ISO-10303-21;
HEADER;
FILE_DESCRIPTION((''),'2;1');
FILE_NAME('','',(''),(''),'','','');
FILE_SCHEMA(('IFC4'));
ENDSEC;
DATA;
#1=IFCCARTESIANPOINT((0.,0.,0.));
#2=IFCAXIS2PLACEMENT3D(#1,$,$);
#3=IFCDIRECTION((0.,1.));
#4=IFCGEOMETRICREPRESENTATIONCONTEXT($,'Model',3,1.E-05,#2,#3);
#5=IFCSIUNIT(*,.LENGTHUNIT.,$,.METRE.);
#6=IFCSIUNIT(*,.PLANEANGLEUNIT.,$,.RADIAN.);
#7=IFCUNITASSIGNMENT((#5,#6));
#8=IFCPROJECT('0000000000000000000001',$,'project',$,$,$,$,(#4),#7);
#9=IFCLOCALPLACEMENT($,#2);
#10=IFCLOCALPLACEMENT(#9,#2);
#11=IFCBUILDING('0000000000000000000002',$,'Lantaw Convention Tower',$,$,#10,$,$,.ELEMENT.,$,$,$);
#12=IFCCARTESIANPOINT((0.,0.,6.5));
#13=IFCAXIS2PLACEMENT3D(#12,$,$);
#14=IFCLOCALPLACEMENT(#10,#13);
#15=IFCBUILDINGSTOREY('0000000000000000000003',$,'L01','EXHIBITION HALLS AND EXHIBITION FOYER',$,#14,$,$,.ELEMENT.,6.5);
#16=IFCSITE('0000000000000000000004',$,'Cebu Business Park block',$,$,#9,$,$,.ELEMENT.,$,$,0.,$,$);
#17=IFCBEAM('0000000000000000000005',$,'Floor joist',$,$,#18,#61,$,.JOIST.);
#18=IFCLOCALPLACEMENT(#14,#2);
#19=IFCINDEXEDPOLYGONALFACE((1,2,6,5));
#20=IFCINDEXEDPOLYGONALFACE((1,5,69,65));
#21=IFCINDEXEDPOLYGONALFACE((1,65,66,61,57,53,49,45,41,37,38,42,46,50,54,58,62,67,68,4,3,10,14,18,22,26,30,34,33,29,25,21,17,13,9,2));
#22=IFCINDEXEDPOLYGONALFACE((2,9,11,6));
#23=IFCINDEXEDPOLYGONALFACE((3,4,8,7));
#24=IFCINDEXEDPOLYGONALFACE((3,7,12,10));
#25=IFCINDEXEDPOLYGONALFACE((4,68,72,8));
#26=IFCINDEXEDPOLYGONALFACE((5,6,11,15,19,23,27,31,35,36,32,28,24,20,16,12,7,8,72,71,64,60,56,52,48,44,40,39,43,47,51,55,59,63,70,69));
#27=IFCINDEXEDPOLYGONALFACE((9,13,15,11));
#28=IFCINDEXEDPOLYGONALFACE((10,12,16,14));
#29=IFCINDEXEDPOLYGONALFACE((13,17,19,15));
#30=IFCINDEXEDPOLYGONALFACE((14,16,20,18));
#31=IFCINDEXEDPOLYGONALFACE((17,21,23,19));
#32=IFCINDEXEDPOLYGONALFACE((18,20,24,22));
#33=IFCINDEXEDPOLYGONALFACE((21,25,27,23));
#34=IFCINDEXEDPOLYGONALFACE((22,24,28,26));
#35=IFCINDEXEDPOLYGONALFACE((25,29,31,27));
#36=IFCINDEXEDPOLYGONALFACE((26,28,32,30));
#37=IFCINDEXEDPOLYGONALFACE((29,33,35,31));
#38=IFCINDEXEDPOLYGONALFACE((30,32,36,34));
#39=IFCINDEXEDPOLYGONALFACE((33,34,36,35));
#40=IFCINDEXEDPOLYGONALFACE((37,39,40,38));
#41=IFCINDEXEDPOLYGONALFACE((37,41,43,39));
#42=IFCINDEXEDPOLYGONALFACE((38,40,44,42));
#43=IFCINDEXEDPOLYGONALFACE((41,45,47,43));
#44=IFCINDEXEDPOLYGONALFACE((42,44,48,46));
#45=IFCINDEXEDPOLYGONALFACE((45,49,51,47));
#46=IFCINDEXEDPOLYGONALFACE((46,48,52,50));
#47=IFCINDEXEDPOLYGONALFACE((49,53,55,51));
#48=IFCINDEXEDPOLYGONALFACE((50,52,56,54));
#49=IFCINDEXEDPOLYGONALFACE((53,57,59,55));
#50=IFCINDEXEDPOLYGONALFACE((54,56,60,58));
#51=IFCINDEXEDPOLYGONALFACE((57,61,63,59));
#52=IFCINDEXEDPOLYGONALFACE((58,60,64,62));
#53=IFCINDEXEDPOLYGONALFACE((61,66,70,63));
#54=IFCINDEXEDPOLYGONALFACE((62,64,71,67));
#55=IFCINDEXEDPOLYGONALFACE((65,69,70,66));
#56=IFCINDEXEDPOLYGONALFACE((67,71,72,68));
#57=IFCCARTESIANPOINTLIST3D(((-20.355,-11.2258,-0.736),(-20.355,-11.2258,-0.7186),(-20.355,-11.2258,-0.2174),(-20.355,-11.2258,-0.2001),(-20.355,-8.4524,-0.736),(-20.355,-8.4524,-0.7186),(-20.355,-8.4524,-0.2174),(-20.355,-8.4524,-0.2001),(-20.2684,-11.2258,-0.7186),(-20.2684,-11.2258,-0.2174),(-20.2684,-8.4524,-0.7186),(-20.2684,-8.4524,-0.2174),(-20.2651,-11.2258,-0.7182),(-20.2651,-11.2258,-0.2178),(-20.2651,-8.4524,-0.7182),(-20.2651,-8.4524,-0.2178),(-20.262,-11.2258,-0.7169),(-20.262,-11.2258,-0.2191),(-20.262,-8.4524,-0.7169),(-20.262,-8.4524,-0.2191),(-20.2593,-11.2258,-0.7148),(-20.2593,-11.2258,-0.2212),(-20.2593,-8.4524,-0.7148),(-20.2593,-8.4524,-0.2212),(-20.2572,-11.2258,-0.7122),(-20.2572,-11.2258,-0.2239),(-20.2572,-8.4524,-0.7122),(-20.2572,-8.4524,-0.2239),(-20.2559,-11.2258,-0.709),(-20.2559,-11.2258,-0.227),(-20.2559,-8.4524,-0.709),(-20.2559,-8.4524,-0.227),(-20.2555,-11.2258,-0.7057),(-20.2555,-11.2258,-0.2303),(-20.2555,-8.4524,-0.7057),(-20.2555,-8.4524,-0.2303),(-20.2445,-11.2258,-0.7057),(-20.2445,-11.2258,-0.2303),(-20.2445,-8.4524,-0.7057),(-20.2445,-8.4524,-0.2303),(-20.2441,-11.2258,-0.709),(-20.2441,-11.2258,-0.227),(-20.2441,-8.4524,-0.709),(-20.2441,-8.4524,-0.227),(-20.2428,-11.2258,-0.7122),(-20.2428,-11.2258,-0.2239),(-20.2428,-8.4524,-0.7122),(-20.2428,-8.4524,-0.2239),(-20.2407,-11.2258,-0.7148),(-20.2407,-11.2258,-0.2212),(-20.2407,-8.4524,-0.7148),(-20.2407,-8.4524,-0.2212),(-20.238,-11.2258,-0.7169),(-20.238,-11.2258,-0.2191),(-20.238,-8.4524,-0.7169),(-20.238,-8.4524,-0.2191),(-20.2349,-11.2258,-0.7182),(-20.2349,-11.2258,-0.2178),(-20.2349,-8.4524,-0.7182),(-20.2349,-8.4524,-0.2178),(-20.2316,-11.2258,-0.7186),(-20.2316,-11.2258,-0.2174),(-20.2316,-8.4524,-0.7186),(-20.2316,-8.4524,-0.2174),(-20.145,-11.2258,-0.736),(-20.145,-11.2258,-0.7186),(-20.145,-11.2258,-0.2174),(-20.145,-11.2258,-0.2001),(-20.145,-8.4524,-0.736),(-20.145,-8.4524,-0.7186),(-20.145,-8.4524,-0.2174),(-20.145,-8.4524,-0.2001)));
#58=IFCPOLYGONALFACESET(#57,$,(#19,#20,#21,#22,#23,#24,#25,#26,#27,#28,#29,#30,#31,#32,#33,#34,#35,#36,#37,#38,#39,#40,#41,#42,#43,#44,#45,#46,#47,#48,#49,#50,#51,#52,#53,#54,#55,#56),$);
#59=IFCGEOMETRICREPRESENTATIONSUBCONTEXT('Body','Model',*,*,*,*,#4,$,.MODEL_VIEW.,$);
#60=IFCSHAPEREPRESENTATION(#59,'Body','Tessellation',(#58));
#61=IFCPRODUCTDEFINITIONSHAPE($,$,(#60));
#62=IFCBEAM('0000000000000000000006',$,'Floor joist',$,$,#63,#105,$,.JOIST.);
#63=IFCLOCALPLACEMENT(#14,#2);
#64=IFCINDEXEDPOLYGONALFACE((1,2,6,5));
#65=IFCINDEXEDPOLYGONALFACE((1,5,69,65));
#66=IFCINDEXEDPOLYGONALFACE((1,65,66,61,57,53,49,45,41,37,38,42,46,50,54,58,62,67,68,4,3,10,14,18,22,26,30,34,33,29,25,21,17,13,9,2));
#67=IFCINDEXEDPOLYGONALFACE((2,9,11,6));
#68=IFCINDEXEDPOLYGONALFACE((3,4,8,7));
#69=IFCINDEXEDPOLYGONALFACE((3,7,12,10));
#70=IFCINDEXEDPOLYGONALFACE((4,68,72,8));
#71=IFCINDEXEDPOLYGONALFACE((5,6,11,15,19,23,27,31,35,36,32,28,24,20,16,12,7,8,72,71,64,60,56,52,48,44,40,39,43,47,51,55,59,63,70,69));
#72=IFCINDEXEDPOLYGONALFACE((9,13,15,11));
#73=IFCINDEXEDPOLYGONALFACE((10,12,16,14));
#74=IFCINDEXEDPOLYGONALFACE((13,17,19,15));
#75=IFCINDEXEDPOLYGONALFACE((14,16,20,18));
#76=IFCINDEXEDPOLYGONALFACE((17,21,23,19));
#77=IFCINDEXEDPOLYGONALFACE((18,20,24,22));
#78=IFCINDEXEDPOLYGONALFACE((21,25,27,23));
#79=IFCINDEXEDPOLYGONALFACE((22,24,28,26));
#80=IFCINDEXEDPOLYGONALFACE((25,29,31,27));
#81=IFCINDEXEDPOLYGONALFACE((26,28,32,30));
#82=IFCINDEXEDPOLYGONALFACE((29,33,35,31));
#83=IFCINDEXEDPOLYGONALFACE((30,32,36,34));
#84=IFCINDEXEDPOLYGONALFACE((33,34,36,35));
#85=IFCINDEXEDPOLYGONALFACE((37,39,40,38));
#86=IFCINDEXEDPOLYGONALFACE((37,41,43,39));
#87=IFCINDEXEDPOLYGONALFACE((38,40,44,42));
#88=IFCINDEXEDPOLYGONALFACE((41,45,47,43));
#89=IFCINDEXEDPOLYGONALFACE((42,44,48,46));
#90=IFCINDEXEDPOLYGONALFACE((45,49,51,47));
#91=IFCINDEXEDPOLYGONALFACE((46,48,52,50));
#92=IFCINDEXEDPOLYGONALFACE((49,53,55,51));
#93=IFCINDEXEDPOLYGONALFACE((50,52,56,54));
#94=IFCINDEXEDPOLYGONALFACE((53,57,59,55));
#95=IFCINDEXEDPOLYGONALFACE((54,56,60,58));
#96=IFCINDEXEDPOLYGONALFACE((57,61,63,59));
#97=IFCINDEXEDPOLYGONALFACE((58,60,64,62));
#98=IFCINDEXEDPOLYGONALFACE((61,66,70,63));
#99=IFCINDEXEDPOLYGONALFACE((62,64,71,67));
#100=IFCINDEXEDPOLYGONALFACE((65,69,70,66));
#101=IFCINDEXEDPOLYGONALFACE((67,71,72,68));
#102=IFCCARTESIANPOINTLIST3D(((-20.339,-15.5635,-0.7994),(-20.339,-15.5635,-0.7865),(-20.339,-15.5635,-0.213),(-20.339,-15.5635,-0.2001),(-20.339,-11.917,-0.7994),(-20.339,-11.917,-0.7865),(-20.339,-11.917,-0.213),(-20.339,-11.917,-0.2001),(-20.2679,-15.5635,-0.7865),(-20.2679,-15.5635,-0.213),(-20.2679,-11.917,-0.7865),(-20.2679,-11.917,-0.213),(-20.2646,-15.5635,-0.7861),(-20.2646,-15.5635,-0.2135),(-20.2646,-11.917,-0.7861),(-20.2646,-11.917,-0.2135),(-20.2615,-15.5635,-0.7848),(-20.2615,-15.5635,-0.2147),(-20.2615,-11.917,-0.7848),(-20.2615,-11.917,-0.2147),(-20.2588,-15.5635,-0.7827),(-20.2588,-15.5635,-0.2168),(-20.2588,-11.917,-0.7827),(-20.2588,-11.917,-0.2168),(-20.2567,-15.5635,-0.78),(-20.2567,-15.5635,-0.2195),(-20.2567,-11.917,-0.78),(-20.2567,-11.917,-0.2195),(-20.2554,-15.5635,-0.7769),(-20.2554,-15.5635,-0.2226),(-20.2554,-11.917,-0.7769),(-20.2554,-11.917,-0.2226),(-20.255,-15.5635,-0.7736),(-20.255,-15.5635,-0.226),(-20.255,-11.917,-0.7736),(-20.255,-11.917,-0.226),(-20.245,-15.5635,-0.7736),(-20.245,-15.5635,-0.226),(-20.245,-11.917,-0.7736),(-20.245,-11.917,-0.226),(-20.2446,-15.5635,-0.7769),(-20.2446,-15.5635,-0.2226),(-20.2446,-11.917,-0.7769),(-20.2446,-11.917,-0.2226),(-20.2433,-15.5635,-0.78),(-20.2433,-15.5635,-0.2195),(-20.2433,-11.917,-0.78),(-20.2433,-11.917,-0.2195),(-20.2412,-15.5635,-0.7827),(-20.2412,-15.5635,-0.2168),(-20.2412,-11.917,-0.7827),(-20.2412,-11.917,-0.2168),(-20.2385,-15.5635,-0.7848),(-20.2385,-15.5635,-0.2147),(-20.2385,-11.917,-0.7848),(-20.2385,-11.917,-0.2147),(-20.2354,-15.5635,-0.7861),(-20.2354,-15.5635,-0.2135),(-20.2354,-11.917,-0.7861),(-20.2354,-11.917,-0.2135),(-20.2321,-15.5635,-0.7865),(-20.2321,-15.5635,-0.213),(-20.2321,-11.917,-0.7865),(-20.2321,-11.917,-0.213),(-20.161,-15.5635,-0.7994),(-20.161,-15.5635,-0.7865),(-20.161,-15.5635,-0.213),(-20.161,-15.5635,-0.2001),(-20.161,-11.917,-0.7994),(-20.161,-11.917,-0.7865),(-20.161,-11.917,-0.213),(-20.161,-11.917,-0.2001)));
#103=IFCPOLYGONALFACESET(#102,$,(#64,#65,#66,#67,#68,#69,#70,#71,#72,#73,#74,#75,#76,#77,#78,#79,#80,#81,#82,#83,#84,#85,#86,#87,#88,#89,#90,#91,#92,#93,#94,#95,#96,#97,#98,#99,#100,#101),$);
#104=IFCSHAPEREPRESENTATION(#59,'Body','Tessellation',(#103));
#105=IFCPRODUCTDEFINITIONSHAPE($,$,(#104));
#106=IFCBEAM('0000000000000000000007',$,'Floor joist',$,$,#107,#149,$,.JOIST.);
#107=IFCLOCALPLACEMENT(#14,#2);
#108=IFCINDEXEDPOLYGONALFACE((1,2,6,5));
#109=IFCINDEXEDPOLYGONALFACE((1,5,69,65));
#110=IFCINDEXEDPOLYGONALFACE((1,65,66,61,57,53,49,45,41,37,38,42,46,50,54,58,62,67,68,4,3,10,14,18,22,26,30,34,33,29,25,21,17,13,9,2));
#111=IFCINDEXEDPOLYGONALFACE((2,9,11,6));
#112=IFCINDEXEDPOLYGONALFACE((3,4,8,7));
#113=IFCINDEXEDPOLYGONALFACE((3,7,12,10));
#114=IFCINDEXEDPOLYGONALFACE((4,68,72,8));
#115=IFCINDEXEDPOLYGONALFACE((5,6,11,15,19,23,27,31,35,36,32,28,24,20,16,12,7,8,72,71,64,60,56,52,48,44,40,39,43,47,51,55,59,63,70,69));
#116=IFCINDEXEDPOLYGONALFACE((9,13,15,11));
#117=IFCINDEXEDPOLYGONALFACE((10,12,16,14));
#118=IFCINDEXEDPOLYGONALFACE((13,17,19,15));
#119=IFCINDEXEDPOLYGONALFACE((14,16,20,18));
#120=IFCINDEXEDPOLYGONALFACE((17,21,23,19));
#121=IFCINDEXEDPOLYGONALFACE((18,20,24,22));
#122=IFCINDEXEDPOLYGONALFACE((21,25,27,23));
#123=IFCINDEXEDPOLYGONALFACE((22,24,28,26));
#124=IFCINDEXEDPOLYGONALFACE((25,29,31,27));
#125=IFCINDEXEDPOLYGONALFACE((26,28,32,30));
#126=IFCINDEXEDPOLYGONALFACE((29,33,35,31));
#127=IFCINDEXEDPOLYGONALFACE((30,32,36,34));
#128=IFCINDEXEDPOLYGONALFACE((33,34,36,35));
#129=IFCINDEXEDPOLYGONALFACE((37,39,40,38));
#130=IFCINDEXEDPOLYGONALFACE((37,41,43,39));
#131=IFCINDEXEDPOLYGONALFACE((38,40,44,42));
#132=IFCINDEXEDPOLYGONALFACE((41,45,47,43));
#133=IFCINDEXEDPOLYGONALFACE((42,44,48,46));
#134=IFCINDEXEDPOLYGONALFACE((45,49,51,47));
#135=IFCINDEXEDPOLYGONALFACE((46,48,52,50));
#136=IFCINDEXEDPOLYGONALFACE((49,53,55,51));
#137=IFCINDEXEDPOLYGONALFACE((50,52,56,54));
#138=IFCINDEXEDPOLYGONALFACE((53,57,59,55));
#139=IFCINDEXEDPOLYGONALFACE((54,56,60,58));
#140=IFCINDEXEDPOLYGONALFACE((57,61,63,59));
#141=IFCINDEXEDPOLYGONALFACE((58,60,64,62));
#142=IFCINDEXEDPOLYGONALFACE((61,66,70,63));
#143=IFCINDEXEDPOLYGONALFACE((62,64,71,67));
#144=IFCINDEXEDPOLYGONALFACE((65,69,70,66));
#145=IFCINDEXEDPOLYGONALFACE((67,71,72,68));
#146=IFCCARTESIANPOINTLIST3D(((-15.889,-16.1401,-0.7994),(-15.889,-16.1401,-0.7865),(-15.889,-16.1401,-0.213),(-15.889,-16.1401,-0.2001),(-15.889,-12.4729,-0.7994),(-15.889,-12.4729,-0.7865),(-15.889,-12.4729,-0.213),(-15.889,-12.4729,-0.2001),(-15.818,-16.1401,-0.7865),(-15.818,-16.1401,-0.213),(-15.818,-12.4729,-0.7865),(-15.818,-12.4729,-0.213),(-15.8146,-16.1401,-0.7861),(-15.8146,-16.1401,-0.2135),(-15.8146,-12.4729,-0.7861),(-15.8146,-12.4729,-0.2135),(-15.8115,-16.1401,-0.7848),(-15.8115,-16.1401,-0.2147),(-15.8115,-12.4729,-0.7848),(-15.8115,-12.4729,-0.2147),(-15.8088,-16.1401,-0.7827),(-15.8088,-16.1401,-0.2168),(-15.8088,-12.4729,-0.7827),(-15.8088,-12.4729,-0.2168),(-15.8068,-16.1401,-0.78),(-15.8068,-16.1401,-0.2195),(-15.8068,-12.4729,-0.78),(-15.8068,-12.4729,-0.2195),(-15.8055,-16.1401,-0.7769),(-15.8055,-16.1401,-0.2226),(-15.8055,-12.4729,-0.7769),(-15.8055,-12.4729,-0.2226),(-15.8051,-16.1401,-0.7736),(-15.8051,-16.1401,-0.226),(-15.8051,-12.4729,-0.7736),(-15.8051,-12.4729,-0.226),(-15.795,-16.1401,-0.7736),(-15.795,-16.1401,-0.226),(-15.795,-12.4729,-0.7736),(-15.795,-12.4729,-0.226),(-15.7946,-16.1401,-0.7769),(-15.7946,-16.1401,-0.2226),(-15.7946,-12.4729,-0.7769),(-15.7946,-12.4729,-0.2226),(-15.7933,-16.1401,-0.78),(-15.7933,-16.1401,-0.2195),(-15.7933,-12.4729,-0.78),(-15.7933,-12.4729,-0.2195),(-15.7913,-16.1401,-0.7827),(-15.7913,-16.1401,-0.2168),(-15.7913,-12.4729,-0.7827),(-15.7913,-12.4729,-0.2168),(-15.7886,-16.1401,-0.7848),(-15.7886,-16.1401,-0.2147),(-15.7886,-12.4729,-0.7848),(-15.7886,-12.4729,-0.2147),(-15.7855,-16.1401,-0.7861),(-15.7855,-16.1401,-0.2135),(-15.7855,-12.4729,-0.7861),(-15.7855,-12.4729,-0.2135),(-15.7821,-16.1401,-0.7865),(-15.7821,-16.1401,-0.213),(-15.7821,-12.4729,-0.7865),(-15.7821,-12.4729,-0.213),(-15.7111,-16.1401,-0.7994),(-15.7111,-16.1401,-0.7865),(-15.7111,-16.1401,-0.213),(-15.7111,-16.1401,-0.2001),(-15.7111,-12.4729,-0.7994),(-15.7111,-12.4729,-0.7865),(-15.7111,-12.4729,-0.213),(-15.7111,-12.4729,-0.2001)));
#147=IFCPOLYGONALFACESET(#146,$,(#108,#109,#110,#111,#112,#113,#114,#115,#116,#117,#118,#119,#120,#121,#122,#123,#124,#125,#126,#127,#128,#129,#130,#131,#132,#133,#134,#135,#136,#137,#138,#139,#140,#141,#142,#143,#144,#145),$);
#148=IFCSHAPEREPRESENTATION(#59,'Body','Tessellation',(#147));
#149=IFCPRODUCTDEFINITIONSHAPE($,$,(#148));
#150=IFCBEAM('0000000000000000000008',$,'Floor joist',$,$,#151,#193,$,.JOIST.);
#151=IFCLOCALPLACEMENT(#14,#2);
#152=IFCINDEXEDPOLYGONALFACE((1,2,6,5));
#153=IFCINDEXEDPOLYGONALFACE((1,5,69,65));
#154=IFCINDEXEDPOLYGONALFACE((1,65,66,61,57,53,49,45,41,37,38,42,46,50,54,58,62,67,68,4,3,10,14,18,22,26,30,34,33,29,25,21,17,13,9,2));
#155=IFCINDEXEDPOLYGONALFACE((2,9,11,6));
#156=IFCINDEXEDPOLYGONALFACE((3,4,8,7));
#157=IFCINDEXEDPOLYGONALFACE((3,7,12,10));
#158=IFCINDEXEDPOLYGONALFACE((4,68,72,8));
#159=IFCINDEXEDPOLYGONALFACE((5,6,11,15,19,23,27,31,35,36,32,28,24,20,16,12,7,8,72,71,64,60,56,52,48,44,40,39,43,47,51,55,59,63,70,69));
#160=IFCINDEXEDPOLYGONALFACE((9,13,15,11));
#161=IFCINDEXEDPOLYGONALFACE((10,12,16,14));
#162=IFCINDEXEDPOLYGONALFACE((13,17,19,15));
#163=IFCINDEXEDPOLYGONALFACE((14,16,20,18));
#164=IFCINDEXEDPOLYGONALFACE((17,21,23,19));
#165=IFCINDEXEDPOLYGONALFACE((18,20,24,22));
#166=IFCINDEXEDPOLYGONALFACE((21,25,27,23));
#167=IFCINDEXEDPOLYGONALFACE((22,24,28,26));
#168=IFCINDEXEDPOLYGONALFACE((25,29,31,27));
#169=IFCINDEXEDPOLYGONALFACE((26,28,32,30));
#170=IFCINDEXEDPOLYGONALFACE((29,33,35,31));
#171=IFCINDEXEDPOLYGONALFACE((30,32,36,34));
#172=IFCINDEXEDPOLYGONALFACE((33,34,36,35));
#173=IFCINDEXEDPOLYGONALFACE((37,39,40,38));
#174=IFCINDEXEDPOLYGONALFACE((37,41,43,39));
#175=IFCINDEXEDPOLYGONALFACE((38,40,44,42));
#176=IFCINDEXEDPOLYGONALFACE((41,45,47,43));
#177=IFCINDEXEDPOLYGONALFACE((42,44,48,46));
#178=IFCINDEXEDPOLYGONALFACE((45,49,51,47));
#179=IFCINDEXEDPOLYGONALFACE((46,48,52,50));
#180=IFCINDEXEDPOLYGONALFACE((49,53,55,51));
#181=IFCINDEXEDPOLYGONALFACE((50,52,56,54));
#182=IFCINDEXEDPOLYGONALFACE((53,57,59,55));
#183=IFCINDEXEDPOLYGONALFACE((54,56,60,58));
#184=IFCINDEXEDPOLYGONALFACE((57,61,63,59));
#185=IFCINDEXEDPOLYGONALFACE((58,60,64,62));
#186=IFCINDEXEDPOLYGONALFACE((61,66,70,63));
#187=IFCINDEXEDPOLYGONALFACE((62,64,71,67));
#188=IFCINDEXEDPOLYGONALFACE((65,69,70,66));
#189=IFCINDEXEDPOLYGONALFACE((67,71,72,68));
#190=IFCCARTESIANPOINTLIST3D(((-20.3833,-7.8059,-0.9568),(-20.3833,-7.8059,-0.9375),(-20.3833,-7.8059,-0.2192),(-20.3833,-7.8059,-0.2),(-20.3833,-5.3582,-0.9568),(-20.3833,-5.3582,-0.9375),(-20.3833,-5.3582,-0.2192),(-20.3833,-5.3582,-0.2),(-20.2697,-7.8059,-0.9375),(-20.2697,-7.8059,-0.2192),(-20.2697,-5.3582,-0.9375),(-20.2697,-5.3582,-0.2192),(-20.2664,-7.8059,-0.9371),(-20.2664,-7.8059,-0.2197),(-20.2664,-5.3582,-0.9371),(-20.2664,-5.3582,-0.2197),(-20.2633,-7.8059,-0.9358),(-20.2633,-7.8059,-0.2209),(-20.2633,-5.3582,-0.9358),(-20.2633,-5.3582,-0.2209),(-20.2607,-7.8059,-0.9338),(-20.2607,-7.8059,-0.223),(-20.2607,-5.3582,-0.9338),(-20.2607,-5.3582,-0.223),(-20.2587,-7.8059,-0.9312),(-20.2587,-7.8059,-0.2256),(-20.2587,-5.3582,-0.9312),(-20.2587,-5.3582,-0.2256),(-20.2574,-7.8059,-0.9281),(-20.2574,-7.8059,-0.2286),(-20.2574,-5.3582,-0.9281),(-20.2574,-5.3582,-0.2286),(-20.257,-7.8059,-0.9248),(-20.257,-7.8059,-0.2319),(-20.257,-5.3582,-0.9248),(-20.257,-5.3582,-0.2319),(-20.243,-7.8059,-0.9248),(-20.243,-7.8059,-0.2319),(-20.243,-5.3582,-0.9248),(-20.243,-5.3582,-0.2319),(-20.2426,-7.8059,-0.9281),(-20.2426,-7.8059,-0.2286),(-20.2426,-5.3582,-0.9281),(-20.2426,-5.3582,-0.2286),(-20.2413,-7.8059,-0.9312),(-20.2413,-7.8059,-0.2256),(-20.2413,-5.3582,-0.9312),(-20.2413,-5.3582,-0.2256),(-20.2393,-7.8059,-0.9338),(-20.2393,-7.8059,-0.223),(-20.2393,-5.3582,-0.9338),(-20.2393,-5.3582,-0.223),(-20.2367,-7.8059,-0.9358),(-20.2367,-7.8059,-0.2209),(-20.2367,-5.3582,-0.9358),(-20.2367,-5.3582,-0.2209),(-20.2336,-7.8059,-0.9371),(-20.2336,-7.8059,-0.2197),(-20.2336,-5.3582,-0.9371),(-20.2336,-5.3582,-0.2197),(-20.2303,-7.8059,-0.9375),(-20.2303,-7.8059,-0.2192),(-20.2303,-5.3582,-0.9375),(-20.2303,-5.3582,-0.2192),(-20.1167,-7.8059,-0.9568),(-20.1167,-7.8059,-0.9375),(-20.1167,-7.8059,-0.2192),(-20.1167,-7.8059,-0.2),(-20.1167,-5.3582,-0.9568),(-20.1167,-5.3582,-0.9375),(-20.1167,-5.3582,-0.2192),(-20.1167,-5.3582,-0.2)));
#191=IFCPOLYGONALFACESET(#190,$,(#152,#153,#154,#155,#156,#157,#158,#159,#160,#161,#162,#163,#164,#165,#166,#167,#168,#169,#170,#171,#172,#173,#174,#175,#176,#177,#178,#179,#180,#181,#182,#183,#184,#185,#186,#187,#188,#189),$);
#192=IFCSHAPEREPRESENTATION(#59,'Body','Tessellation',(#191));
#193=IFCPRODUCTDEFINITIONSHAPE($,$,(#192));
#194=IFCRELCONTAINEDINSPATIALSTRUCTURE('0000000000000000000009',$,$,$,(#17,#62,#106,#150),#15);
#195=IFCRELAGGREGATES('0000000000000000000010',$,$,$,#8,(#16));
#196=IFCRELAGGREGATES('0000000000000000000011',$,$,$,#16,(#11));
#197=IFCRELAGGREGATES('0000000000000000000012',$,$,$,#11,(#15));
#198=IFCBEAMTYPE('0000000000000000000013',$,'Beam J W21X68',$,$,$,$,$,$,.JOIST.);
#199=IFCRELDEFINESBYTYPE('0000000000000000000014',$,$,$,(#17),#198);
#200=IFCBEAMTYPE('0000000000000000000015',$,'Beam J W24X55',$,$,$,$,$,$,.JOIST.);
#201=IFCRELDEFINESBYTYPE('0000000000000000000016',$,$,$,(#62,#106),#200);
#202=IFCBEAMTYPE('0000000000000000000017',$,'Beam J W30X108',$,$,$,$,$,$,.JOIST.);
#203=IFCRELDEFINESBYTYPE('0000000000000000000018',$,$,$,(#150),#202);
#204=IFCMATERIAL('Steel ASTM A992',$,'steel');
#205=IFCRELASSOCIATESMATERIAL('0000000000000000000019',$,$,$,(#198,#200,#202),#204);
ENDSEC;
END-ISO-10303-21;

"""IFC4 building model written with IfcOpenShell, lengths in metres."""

from ifc_helpers import new_model, si_unit, direction, frame, origin, origin_2d, place, context, subcontext, project, spatial, i_section, extrude, material, material_profile, profile_set, type_object, element, save


model = new_model("IFC4")

# Units and contexts
model_context = context("Model", 3, precision=1e-05, world=origin(), true_north=direction((0.0, 1.0)))
body_context = subcontext(model_context, "Body", "Model", "MODEL_VIEW")
ifc_project = project(units=[si_unit("LENGTHUNIT", "METRE"), si_unit("PLANEANGLEUNIT", "RADIAN")], contexts=[model_context])

# Site, building, storey
site_placement = place(None, origin())
site = spatial("IfcSite", under=ifc_project, at=site_placement, Name="Cebu Business Park block", CompositionType="ELEMENT", RefElevation=0.0)
building_placement = place(site_placement, origin())
building = spatial("IfcBuilding", under=site, at=building_placement, Name="Lantaw Convention Tower", CompositionType="ELEMENT")
storey_placement = place(building_placement, frame((0.0, 0.0, 6.5)))
storey = spatial("IfcBuildingStorey", under=building, at=storey_placement, Name="L01", Description="EXHIBITION HALLS AND EXHIBITION FOYER", CompositionType="ELEMENT", Elevation=6.5)

# Beams
ifc_material_1 = material(Name="Steel ASTM A992", Category="steel")
ifc_material_profile_1 = material_profile(ifc_material_1, i_section(OverallWidth=0.21, OverallDepth=0.5359, WebThickness=0.011, FlangeThickness=0.0173, FilletRadius=0.0129, at=origin_2d()), Name="W21X68")
ifc_profile_set_1 = profile_set([ifc_material_profile_1], Name="Steel ASTM A992")
beam_type_1 = type_object("IfcBeamType", Name="Beam J W21X68", PredefinedType="JOIST", material=ifc_profile_set_1)
beam_1_placement = place(storey_placement, frame((-20.25, -11.2258, -0.468), z_axis=(0.0, 1.0, 0.0), x_axis=(-1.0, 0.0, 0.0)))
element("IfcBeam", 1, at=beam_1_placement, inside=storey, type_object=beam_type_1, Name="Floor joist", PredefinedType="JOIST", context=body_context, shape_type="SweptSolid", body=[
    extrude(i_section(OverallWidth=0.21, OverallDepth=0.5359, WebThickness=0.011, FlangeThickness=0.0173, FilletRadius=0.0129, at=origin_2d()), origin(), (0.0, 0.0, 1.0), 2.7734),
])
ifc_material_profile_2 = material_profile(ifc_material_1, i_section(OverallWidth=0.178, OverallDepth=0.5994, WebThickness=0.01, FlangeThickness=0.0129, FilletRadius=0.0129, at=origin_2d()), Name="W24X55")
ifc_profile_set_2 = profile_set([ifc_material_profile_2], Name="Steel ASTM A992")
beam_type_2 = type_object("IfcBeamType", Name="Beam J W24X55", PredefinedType="JOIST", material=ifc_profile_set_2)
beam_2_placement = place(storey_placement, frame((-20.25, -15.5635, -0.4998), z_axis=(0.0, 1.0, 0.0), x_axis=(-1.0, 0.0, 0.0)))
element("IfcBeam", 2, at=beam_2_placement, inside=storey, type_object=beam_type_2, Name="Floor joist", PredefinedType="JOIST", context=body_context, shape_type="SweptSolid", body=[
    extrude(i_section(OverallWidth=0.178, OverallDepth=0.5994, WebThickness=0.01, FlangeThickness=0.0129, FilletRadius=0.0129, at=origin_2d()), origin(), (0.0, 0.0, 1.0), 3.6465),
])
beam_3_placement = place(storey_placement, frame((-15.8, -16.1401, -0.4998), z_axis=(0.0, 1.0, 0.0), x_axis=(-1.0, 0.0, 0.0)))
element("IfcBeam", 3, at=beam_3_placement, inside=storey, type_object=beam_type_2, Name="Floor joist", PredefinedType="JOIST", context=body_context, shape_type="SweptSolid", body=[
    extrude(i_section(OverallWidth=0.178, OverallDepth=0.5994, WebThickness=0.01, FlangeThickness=0.0129, FilletRadius=0.0129, at=origin_2d()), origin(), (0.0, 0.0, 1.0), 3.6672),
])
ifc_material_profile_3 = material_profile(ifc_material_1, i_section(OverallWidth=0.2666, OverallDepth=0.7568, WebThickness=0.0139, FlangeThickness=0.0193, FilletRadius=0.0127, at=origin_2d()), Name="W30X108")
ifc_profile_set_3 = profile_set([ifc_material_profile_3], Name="Steel ASTM A992")
beam_type_3 = type_object("IfcBeamType", Name="Beam J W30X108", PredefinedType="JOIST", material=ifc_profile_set_3)
beam_4_placement = place(storey_placement, frame((-20.25, -7.8059, -0.5784), z_axis=(0.0, 1.0, 0.0), x_axis=(-1.0, 0.0, 0.0)))
element("IfcBeam", 4, at=beam_4_placement, inside=storey, type_object=beam_type_3, Name="Floor joist", PredefinedType="JOIST", context=body_context, shape_type="SweptSolid", body=[
    extrude(i_section(OverallWidth=0.2666, OverallDepth=0.7568, WebThickness=0.0139, FlangeThickness=0.0193, FilletRadius=0.0127, at=origin_2d()), origin(), (0.0, 0.0, 1.0), 2.4478),
])

save(model, "model.ifc")
